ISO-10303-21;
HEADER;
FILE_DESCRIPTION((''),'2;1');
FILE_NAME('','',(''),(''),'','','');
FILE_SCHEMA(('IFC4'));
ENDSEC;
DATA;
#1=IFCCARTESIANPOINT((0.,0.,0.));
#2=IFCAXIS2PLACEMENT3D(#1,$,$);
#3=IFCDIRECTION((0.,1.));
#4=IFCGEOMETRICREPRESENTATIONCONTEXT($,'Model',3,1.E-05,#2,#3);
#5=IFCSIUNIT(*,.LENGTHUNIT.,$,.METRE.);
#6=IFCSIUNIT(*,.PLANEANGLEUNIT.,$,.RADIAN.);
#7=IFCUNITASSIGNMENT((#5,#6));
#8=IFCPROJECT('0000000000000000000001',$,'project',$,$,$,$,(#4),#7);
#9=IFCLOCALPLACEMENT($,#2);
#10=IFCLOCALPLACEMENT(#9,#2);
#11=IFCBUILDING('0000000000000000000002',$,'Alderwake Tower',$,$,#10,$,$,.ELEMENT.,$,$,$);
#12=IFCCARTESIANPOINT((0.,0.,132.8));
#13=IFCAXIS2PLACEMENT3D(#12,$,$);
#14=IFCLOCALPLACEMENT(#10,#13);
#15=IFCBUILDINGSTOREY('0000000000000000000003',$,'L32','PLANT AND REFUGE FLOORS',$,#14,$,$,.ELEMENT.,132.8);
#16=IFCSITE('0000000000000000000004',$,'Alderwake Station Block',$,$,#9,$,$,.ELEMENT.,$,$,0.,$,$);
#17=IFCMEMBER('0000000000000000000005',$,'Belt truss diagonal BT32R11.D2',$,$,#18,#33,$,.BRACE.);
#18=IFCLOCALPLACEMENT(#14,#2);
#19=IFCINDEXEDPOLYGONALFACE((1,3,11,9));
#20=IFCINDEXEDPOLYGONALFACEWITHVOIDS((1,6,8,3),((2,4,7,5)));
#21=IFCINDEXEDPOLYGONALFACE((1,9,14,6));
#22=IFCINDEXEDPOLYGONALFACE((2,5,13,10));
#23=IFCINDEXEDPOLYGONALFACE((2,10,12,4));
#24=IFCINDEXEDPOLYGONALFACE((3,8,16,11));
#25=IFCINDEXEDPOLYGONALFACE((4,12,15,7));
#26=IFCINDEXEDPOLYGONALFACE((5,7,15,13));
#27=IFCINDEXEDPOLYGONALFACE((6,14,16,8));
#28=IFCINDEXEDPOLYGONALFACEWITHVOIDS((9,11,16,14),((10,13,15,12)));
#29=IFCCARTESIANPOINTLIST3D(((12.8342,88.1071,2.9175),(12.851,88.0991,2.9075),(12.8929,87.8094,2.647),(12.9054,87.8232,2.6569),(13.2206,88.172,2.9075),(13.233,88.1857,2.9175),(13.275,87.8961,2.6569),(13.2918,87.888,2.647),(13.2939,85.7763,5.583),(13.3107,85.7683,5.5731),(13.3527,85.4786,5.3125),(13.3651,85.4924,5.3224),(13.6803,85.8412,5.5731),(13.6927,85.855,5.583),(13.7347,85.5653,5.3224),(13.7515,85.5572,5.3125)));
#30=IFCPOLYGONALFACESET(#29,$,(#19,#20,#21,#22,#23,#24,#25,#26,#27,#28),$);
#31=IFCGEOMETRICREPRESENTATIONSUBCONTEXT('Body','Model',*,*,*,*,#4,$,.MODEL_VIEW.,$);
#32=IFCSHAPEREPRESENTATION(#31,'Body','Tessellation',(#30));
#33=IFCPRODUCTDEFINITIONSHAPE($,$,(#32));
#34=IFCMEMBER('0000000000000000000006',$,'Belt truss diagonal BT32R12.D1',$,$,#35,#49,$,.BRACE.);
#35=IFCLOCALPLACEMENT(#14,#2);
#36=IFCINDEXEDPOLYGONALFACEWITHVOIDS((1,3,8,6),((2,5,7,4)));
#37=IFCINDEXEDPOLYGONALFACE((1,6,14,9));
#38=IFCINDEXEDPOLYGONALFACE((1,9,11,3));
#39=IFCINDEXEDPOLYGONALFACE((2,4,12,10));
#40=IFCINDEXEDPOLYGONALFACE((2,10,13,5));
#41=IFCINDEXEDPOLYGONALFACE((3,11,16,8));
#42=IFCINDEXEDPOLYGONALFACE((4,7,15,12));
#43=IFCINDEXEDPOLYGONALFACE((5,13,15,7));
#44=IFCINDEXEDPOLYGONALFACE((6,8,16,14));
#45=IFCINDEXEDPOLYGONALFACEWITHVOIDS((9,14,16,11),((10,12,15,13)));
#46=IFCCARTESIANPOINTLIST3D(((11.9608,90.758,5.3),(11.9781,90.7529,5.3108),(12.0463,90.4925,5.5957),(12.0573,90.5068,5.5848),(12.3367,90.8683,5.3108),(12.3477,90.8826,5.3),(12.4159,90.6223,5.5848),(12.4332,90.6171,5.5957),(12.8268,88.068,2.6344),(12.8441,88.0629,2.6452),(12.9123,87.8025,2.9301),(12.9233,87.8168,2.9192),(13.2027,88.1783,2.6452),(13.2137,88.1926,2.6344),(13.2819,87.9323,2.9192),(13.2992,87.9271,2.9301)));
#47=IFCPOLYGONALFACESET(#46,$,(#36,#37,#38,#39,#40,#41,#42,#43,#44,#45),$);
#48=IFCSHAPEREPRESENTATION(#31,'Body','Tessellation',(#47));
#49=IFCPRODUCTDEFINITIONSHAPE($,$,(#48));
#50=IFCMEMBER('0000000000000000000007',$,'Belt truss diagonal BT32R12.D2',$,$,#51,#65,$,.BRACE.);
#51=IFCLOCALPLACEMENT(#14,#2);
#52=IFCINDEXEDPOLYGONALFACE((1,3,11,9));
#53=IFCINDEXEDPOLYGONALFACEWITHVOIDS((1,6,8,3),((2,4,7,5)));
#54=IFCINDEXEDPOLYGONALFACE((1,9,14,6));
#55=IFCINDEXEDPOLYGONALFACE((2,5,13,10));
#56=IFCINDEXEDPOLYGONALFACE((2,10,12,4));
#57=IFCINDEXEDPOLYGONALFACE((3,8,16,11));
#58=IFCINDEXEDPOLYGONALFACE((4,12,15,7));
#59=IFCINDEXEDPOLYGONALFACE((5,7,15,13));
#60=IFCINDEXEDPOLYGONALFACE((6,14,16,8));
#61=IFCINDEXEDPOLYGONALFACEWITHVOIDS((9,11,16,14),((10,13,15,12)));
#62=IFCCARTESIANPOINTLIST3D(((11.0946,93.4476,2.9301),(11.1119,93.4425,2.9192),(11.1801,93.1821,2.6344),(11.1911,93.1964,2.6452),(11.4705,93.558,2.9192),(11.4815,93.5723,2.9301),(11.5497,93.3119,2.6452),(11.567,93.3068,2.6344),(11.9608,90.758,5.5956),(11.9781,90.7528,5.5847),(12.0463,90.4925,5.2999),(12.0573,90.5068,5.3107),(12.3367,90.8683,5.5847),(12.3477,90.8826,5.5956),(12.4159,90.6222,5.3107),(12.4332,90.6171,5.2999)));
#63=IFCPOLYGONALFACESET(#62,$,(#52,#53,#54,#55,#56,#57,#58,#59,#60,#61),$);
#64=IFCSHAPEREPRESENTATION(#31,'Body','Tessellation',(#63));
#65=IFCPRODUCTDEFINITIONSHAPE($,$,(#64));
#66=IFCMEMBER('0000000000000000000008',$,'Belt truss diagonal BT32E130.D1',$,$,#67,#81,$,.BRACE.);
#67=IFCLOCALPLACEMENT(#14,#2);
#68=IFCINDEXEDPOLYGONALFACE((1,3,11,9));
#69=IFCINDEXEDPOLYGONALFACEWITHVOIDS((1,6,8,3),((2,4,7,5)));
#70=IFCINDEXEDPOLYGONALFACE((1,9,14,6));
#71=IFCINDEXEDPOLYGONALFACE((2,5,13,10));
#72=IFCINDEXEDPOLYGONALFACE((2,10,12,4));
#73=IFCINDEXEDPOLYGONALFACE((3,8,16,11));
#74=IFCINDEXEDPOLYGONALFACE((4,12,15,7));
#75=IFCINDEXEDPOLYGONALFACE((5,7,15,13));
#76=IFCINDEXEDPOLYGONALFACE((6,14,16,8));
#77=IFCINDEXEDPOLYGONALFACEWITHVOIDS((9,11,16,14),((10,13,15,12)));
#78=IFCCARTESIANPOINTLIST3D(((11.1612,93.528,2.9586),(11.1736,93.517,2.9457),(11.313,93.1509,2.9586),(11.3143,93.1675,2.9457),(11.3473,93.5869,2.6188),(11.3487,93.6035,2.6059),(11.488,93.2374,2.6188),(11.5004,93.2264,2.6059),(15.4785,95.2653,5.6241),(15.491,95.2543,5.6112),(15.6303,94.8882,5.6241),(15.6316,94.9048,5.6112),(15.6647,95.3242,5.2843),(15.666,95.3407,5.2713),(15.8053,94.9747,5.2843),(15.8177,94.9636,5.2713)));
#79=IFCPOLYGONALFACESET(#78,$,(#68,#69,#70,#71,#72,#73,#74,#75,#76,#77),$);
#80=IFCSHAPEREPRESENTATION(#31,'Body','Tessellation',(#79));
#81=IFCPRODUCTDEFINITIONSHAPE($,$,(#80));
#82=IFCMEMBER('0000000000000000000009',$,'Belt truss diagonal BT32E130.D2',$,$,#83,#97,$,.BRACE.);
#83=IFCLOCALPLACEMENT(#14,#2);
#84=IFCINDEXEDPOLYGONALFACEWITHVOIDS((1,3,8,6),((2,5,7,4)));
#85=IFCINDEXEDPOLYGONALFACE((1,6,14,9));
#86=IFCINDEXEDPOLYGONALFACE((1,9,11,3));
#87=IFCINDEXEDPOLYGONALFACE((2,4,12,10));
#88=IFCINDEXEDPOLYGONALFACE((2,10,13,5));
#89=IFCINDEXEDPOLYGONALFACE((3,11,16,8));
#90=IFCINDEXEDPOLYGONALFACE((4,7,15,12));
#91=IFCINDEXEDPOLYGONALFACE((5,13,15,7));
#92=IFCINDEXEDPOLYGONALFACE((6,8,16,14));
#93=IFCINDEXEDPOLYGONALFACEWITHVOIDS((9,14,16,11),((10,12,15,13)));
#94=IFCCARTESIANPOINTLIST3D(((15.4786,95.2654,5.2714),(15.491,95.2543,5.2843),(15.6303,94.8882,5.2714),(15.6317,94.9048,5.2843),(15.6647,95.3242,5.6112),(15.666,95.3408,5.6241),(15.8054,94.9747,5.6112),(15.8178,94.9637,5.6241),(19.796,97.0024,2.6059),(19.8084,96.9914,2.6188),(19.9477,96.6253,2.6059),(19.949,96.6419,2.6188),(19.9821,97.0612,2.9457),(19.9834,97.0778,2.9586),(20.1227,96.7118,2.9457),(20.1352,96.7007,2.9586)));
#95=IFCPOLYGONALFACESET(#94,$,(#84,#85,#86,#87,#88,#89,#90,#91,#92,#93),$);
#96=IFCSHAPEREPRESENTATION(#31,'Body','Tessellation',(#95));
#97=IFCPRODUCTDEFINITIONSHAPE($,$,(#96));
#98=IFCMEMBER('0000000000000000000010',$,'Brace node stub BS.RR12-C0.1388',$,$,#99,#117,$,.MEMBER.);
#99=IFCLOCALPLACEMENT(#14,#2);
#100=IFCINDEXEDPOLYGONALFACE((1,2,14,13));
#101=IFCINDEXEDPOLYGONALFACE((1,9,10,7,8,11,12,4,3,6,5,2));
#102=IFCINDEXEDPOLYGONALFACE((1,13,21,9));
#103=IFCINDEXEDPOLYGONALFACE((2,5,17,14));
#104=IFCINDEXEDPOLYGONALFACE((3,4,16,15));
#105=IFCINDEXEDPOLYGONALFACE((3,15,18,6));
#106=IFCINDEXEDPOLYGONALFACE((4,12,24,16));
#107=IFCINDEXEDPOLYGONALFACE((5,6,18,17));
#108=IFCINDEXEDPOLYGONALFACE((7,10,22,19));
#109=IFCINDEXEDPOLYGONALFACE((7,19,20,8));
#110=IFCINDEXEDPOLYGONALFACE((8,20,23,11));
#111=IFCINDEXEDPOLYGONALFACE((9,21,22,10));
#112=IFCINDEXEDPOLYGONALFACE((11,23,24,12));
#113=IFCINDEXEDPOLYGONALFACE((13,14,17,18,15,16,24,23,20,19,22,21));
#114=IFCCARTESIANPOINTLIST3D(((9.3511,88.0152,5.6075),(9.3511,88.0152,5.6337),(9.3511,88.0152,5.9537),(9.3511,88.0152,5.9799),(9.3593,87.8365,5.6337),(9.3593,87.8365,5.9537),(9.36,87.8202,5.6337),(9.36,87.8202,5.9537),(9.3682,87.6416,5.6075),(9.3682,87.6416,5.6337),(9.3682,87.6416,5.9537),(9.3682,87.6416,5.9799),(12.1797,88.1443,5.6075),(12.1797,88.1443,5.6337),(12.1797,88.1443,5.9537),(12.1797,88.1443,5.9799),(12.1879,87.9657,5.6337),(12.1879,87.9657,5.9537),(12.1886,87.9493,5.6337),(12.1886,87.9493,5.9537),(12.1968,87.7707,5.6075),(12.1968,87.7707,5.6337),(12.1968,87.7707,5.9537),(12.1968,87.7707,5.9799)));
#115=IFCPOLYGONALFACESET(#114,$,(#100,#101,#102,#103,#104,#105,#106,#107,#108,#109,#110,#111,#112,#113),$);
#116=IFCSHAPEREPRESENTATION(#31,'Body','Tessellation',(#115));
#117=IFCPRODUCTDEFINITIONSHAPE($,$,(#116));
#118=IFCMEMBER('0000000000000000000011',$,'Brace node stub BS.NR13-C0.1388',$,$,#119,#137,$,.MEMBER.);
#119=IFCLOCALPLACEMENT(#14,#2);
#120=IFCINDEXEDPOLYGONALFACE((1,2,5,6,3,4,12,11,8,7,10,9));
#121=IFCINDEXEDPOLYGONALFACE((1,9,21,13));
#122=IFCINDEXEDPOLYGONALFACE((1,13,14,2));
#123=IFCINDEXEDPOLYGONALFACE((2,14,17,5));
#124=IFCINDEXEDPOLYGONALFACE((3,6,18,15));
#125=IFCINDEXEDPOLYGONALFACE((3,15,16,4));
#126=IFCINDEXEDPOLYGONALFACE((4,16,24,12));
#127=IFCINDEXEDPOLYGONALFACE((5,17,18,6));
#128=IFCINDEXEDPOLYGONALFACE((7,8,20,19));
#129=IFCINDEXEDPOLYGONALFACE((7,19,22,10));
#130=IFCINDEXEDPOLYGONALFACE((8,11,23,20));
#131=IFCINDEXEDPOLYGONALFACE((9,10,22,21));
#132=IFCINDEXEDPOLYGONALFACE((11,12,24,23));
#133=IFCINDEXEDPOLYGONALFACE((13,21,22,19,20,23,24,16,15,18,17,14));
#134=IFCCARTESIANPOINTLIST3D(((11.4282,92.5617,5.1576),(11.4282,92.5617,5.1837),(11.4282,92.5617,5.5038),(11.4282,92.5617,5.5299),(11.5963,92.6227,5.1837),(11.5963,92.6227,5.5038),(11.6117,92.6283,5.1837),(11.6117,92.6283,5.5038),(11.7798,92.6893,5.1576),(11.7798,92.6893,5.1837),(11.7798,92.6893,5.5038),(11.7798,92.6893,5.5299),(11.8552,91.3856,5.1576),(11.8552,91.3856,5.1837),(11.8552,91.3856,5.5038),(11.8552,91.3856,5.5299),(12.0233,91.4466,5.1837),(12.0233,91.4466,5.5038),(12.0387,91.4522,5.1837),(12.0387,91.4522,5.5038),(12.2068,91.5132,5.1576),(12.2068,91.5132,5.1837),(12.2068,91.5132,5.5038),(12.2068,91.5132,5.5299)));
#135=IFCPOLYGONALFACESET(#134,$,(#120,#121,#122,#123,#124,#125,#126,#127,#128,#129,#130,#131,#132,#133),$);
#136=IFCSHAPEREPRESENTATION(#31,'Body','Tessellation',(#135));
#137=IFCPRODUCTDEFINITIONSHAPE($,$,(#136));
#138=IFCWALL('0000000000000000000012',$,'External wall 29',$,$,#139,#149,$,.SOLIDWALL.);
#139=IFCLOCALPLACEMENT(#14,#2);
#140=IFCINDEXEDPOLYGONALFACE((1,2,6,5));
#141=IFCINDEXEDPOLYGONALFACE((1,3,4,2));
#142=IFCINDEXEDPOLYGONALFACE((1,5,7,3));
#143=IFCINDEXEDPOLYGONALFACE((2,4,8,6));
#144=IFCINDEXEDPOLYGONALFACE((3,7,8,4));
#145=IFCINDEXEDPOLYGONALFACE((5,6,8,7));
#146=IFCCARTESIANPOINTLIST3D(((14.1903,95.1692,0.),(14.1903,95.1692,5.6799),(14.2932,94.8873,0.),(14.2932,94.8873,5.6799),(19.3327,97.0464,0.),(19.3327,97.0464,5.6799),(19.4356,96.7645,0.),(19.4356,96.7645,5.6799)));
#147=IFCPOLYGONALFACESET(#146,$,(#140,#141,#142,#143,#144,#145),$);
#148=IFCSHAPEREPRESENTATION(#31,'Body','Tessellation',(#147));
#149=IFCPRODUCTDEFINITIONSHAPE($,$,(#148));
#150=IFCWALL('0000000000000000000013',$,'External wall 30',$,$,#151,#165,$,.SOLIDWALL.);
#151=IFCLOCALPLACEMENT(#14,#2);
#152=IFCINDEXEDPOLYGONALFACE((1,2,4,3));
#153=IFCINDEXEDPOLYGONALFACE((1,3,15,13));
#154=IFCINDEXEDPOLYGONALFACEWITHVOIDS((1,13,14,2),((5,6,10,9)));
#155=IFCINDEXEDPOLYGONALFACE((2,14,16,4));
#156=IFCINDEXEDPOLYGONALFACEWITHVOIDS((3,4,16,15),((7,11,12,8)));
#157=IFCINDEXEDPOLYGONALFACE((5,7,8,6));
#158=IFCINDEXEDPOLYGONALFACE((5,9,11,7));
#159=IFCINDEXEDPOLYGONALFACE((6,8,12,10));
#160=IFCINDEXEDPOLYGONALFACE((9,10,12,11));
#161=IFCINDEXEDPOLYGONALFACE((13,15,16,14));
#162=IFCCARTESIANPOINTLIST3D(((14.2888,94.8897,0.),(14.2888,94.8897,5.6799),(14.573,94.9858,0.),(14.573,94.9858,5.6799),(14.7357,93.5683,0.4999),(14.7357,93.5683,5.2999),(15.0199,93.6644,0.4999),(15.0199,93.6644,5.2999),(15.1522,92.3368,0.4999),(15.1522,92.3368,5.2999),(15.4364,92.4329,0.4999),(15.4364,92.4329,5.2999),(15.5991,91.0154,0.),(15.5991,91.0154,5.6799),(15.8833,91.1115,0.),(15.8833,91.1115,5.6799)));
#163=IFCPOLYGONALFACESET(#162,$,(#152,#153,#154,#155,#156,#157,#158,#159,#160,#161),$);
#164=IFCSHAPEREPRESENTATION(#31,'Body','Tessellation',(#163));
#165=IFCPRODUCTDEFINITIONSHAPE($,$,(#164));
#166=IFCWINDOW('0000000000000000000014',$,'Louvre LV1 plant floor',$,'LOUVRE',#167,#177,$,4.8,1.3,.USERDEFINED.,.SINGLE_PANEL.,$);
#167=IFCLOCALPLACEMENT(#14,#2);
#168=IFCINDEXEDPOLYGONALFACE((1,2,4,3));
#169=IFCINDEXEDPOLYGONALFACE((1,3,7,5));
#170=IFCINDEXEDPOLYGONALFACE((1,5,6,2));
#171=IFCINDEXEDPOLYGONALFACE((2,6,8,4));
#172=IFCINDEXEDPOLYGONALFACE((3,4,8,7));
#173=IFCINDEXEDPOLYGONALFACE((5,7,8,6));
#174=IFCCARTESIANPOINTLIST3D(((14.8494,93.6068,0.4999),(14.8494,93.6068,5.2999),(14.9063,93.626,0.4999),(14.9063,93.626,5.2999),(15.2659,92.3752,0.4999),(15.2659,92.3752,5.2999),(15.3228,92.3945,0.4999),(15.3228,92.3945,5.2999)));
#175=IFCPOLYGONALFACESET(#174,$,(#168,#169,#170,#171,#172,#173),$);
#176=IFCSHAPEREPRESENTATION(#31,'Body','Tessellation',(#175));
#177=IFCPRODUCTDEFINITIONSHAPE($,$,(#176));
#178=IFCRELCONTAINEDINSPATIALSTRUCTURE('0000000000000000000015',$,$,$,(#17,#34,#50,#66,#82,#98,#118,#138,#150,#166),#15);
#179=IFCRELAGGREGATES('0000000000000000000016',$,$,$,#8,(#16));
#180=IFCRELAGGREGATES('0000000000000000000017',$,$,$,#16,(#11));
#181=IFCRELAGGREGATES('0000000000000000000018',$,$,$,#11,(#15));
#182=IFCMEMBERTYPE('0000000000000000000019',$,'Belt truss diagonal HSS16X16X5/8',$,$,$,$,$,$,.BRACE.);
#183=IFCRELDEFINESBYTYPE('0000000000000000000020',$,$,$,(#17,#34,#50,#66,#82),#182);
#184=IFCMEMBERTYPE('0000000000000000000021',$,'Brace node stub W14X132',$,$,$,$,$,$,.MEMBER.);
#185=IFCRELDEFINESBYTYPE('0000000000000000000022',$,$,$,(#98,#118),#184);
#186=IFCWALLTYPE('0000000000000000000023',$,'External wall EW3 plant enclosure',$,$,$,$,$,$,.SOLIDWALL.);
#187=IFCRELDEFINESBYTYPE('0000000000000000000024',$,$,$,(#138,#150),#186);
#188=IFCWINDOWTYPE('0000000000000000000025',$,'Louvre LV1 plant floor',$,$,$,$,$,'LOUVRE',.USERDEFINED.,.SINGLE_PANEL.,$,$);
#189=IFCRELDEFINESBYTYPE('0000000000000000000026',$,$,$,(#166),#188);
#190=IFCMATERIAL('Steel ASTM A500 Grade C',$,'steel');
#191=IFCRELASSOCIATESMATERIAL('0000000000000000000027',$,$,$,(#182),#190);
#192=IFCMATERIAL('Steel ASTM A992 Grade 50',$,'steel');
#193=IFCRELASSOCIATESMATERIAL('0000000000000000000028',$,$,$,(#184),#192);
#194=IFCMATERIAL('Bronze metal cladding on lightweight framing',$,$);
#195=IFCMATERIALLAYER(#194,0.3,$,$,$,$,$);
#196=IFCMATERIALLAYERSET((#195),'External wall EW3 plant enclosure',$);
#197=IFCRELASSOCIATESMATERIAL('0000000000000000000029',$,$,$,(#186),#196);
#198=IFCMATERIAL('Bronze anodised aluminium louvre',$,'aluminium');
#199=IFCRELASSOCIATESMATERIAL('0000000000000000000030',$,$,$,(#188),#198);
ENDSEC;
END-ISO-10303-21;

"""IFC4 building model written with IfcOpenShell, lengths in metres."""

from ifc_helpers import new_model, si_unit, direction, frame, frame_2d, origin, origin_2d, place, context, subcontext, project, spatial, rectangle, hollow_rectangle, i_section, extrude, material, layer, layer_set, material_profile, profile_set, type_object, element, fill, save


model = new_model("IFC4")

# Units and contexts
model_context = context("Model", 3, precision=1e-05, world=origin(), true_north=direction((0.0, 1.0)))
body_context = subcontext(model_context, "Body", "Model", "MODEL_VIEW")
ifc_project = project(units=[si_unit("LENGTHUNIT", "METRE"), si_unit("PLANEANGLEUNIT", "RADIAN")], contexts=[model_context])

# Site, building, storey
site_placement = place(None, origin())
site = spatial("IfcSite", under=ifc_project, at=site_placement, Name="Alderwake Station Block", CompositionType="ELEMENT", RefElevation=0.0)
building_placement = place(site_placement, origin())
building = spatial("IfcBuilding", under=site, at=building_placement, Name="Alderwake Tower", CompositionType="ELEMENT")
storey_placement = place(building_placement, frame((0.0, 0.0, 132.8)))
storey = spatial("IfcBuildingStorey", under=building, at=storey_placement, Name="L32", Description="PLANT AND REFUGE FLOORS", CompositionType="ELEMENT", Elevation=132.8)

# Members
ifc_material_1 = material(Name="Steel ASTM A500 Grade C", Category="steel")
ifc_material_profile_1 = material_profile(ifc_material_1, hollow_rectangle(XDim=0.4065, YDim=0.4065, WallThickness=0.0149, at=origin_2d()), Name="HSS16X16X5/8")
ifc_profile_set_1 = profile_set([ifc_material_profile_1], Name="Steel ASTM A500 Grade C")
member_type_1 = type_object("IfcMemberType", Name="Belt truss diagonal HSS16X16X5/8", PredefinedType="BRACE", material=ifc_profile_set_1)
member_1_placement = place(storey_placement, frame((13.063, 87.9976, 2.7822), z_axis=(0.128751, -0.652782, 0.746525), x_axis=(0.981099, 0.193507, 0.0)))
element("IfcMember", 1, at=member_1_placement, inside=storey, type_object=member_type_1, Name="Belt truss diagonal BT32R11.D2", PredefinedType="BRACE", context=body_context, shape_type="SweptSolid", body=[
    extrude(hollow_rectangle(XDim=0.4065, YDim=0.4065, WallThickness=0.0149, at=origin_2d()), origin(), (0.0, 0.0, 1.0), 3.5706),
])
member_2_placement = place(storey_placement, frame((13.063, 87.9976, 2.7822), z_axis=(-0.222919, 0.692449, 0.686164), x_axis=(-0.95189, -0.30644, 0.0)))
element("IfcMember", 2, at=member_2_placement, inside=storey, type_object=member_type_1, Name="Belt truss diagonal BT32R12.D1", PredefinedType="BRACE", context=body_context, shape_type="SweptSolid", body=[
    extrude(hollow_rectangle(XDim=0.4065, YDim=0.4065, WallThickness=0.0149, at=origin_2d()), origin(), (0.0, 0.0, 1.0), 3.8848),
])
member_3_placement = place(storey_placement, frame((11.3308, 93.3772, 2.7822), z_axis=(0.222988, -0.692407, 0.686185), x_axis=(0.951857, 0.306543, 0.0)))
element("IfcMember", 3, at=member_3_placement, inside=storey, type_object=member_type_1, Name="Belt truss diagonal BT32R12.D2", PredefinedType="BRACE", context=body_context, shape_type="SweptSolid", body=[
    extrude(hollow_rectangle(XDim=0.4065, YDim=0.4065, WallThickness=0.0149, at=origin_2d()), origin(), (0.0, 0.0, 1.0), 3.8845),
])
for number, where, z_axis, x_axis, name in (
    (4, (11.3308, 93.3772, 2.7822), (0.805013, 0.323935, 0.497011), (-0.373307, 0.927708, 0.0), "Belt truss diagonal BT32E130.D1"),
    (5, (19.9656, 96.8516, 2.7822), (-0.805025, -0.323895, 0.497018), (0.373262, -0.927726, 0.0), "Belt truss diagonal BT32E130.D2"),
):
    element("IfcMember", number, at=place(storey_placement, frame(where, z_axis=z_axis, x_axis=x_axis)), inside=storey, type_object=member_type_1, Name=name, PredefinedType="BRACE", context=body_context, shape_type="SweptSolid", body=[
        extrude(hollow_rectangle(XDim=0.4065, YDim=0.4065, WallThickness=0.0149, at=origin_2d()), origin(), (0.0, 0.0, 1.0), 5.363),
    ])
ifc_material_2 = material(Name="Steel ASTM A992 Grade 50", Category="steel")
ifc_material_profile_2 = material_profile(ifc_material_2, i_section(OverallWidth=0.374, OverallDepth=0.3723, WebThickness=0.0164, FlangeThickness=0.0261, at=origin_2d()), Name="W14X132")
ifc_profile_set_2 = profile_set([ifc_material_profile_2], Name="Steel ASTM A992 Grade 50")
member_type_2 = type_object("IfcMemberType", Name="Brace node stub W14X132", PredefinedType="MEMBER", material=ifc_profile_set_2)
member_4_placement = place(storey_placement, frame((12.1882, 87.9575, 5.7937), z_axis=(-0.998959, -0.045611, 0.0), x_axis=(0.045611, -0.998959, 0.0)))
element("IfcMember", 6, at=member_4_placement, inside=storey, type_object=member_type_2, Name="Brace node stub BS.RR12-C0.1388", PredefinedType="MEMBER", context=body_context, shape_type="SweptSolid", body=[
    extrude(i_section(OverallWidth=0.374, OverallDepth=0.3723, WebThickness=0.0164, FlangeThickness=0.0261, at=origin_2d()), origin(), (0.0, 0.0, 1.0), 2.8315),
])
member_5_placement = place(storey_placement, frame((11.604, 92.6255, 5.3438), z_axis=(0.341289, -0.939959, 0.0), x_axis=(0.939959, 0.341289, 0.0)))
element("IfcMember", 7, at=member_5_placement, inside=storey, type_object=member_type_2, Name="Brace node stub BS.NR13-C0.1388", PredefinedType="MEMBER", context=body_context, shape_type="SweptSolid", body=[
    extrude(i_section(OverallWidth=0.374, OverallDepth=0.3723, WebThickness=0.0164, FlangeThickness=0.0261, at=origin_2d()), origin(), (0.0, 0.0, 1.0), 1.2512),
])

# Wall
ifc_material_3 = material(Name="Bronze metal cladding on lightweight framing")
ifc_layer = layer(ifc_material_3, 0.3)
ifc_layer_set = layer_set([ifc_layer], Name="External wall EW3 plant enclosure")
wall_type = type_object("IfcWallType", Name="External wall EW3 plant enclosure", PredefinedType="SOLIDWALL", material=ifc_layer_set)
wall_1_placement = place(storey_placement, frame((19.3843, 96.9055, 0.0), z_axis=(0.0, 0.0, 1.0), x_axis=(-0.939367, -0.342914, 0.0)))
element("IfcWall", 8, at=wall_1_placement, inside=storey, type_object=wall_type, Name="External wall 29", PredefinedType="SOLIDWALL", context=body_context, shape_type="SweptSolid", body=[
    extrude(rectangle(XDim=5.4744, YDim=0.3, at=frame_2d((2.7373, 0.0))), origin(), (0.0, 0.0, 1.0), 5.6799),
])

# Wall, opening, window
wall_2_placement = place(storey_placement, frame((14.4309, 94.9377, 0.0), z_axis=(0.0, 0.0, 1.0), x_axis=(0.320379, -0.947289, 0.0)))
wall_2 = element("IfcWall", 9, at=wall_2_placement, inside=storey, type_object=wall_type, Name="External wall 30", PredefinedType="SOLIDWALL", context=body_context, shape_type="SweptSolid", body=[
    extrude(rectangle(XDim=4.0898, YDim=0.3, at=frame_2d((2.0449, 0.0))), origin(), (0.0, 0.0, 1.0), 5.6799),
])
opening_1_placement = place(wall_2_placement, frame((1.395, 0.0, 0.5)))
opening_1 = element("IfcOpeningElement", 10, at=opening_1_placement, cuts=wall_2, PredefinedType="OPENING", context=body_context, shape_type="SweptSolid", body=[
    extrude(rectangle(XDim=1.3, YDim=4.8, at=frame_2d((0.6499, 2.3999))), frame((0.0, 0.1599, 0.0), z_axis=(0.0, -1.0, 0.0), x_axis=(1.0, 0.0, 0.0)), (0.0, 0.0, 1.0), 0.3201),
])
ifc_material_4 = material(Name="Bronze anodised aluminium louvre", Category="aluminium")
window_type = type_object("IfcWindowType", Name="Louvre LV1 plant floor", ElementType="LOUVRE", PartitioningType="SINGLE_PANEL", PredefinedType="USERDEFINED", material=ifc_material_4)
window_1_placement = place(opening_1_placement, origin())
window_1 = element("IfcWindow", 11, at=window_1_placement, inside=storey, type_object=window_type, Name="Louvre LV1 plant floor", ObjectType="LOUVRE", OverallHeight=4.8, OverallWidth=1.3, PartitioningType="SINGLE_PANEL", PredefinedType="USERDEFINED", context=body_context, shape_type="SweptSolid", body=[
    extrude(rectangle(XDim=1.3, YDim=4.8, at=frame_2d((0.6499, 2.3999))), frame((0.0, 0.03, 0.0), z_axis=(0.0, -1.0, 0.0), x_axis=(1.0, 0.0, 0.0)), (0.0, 0.0, 1.0), 0.0601),
])
fill(opening_1, window_1)

save(model, "model.ifc")
